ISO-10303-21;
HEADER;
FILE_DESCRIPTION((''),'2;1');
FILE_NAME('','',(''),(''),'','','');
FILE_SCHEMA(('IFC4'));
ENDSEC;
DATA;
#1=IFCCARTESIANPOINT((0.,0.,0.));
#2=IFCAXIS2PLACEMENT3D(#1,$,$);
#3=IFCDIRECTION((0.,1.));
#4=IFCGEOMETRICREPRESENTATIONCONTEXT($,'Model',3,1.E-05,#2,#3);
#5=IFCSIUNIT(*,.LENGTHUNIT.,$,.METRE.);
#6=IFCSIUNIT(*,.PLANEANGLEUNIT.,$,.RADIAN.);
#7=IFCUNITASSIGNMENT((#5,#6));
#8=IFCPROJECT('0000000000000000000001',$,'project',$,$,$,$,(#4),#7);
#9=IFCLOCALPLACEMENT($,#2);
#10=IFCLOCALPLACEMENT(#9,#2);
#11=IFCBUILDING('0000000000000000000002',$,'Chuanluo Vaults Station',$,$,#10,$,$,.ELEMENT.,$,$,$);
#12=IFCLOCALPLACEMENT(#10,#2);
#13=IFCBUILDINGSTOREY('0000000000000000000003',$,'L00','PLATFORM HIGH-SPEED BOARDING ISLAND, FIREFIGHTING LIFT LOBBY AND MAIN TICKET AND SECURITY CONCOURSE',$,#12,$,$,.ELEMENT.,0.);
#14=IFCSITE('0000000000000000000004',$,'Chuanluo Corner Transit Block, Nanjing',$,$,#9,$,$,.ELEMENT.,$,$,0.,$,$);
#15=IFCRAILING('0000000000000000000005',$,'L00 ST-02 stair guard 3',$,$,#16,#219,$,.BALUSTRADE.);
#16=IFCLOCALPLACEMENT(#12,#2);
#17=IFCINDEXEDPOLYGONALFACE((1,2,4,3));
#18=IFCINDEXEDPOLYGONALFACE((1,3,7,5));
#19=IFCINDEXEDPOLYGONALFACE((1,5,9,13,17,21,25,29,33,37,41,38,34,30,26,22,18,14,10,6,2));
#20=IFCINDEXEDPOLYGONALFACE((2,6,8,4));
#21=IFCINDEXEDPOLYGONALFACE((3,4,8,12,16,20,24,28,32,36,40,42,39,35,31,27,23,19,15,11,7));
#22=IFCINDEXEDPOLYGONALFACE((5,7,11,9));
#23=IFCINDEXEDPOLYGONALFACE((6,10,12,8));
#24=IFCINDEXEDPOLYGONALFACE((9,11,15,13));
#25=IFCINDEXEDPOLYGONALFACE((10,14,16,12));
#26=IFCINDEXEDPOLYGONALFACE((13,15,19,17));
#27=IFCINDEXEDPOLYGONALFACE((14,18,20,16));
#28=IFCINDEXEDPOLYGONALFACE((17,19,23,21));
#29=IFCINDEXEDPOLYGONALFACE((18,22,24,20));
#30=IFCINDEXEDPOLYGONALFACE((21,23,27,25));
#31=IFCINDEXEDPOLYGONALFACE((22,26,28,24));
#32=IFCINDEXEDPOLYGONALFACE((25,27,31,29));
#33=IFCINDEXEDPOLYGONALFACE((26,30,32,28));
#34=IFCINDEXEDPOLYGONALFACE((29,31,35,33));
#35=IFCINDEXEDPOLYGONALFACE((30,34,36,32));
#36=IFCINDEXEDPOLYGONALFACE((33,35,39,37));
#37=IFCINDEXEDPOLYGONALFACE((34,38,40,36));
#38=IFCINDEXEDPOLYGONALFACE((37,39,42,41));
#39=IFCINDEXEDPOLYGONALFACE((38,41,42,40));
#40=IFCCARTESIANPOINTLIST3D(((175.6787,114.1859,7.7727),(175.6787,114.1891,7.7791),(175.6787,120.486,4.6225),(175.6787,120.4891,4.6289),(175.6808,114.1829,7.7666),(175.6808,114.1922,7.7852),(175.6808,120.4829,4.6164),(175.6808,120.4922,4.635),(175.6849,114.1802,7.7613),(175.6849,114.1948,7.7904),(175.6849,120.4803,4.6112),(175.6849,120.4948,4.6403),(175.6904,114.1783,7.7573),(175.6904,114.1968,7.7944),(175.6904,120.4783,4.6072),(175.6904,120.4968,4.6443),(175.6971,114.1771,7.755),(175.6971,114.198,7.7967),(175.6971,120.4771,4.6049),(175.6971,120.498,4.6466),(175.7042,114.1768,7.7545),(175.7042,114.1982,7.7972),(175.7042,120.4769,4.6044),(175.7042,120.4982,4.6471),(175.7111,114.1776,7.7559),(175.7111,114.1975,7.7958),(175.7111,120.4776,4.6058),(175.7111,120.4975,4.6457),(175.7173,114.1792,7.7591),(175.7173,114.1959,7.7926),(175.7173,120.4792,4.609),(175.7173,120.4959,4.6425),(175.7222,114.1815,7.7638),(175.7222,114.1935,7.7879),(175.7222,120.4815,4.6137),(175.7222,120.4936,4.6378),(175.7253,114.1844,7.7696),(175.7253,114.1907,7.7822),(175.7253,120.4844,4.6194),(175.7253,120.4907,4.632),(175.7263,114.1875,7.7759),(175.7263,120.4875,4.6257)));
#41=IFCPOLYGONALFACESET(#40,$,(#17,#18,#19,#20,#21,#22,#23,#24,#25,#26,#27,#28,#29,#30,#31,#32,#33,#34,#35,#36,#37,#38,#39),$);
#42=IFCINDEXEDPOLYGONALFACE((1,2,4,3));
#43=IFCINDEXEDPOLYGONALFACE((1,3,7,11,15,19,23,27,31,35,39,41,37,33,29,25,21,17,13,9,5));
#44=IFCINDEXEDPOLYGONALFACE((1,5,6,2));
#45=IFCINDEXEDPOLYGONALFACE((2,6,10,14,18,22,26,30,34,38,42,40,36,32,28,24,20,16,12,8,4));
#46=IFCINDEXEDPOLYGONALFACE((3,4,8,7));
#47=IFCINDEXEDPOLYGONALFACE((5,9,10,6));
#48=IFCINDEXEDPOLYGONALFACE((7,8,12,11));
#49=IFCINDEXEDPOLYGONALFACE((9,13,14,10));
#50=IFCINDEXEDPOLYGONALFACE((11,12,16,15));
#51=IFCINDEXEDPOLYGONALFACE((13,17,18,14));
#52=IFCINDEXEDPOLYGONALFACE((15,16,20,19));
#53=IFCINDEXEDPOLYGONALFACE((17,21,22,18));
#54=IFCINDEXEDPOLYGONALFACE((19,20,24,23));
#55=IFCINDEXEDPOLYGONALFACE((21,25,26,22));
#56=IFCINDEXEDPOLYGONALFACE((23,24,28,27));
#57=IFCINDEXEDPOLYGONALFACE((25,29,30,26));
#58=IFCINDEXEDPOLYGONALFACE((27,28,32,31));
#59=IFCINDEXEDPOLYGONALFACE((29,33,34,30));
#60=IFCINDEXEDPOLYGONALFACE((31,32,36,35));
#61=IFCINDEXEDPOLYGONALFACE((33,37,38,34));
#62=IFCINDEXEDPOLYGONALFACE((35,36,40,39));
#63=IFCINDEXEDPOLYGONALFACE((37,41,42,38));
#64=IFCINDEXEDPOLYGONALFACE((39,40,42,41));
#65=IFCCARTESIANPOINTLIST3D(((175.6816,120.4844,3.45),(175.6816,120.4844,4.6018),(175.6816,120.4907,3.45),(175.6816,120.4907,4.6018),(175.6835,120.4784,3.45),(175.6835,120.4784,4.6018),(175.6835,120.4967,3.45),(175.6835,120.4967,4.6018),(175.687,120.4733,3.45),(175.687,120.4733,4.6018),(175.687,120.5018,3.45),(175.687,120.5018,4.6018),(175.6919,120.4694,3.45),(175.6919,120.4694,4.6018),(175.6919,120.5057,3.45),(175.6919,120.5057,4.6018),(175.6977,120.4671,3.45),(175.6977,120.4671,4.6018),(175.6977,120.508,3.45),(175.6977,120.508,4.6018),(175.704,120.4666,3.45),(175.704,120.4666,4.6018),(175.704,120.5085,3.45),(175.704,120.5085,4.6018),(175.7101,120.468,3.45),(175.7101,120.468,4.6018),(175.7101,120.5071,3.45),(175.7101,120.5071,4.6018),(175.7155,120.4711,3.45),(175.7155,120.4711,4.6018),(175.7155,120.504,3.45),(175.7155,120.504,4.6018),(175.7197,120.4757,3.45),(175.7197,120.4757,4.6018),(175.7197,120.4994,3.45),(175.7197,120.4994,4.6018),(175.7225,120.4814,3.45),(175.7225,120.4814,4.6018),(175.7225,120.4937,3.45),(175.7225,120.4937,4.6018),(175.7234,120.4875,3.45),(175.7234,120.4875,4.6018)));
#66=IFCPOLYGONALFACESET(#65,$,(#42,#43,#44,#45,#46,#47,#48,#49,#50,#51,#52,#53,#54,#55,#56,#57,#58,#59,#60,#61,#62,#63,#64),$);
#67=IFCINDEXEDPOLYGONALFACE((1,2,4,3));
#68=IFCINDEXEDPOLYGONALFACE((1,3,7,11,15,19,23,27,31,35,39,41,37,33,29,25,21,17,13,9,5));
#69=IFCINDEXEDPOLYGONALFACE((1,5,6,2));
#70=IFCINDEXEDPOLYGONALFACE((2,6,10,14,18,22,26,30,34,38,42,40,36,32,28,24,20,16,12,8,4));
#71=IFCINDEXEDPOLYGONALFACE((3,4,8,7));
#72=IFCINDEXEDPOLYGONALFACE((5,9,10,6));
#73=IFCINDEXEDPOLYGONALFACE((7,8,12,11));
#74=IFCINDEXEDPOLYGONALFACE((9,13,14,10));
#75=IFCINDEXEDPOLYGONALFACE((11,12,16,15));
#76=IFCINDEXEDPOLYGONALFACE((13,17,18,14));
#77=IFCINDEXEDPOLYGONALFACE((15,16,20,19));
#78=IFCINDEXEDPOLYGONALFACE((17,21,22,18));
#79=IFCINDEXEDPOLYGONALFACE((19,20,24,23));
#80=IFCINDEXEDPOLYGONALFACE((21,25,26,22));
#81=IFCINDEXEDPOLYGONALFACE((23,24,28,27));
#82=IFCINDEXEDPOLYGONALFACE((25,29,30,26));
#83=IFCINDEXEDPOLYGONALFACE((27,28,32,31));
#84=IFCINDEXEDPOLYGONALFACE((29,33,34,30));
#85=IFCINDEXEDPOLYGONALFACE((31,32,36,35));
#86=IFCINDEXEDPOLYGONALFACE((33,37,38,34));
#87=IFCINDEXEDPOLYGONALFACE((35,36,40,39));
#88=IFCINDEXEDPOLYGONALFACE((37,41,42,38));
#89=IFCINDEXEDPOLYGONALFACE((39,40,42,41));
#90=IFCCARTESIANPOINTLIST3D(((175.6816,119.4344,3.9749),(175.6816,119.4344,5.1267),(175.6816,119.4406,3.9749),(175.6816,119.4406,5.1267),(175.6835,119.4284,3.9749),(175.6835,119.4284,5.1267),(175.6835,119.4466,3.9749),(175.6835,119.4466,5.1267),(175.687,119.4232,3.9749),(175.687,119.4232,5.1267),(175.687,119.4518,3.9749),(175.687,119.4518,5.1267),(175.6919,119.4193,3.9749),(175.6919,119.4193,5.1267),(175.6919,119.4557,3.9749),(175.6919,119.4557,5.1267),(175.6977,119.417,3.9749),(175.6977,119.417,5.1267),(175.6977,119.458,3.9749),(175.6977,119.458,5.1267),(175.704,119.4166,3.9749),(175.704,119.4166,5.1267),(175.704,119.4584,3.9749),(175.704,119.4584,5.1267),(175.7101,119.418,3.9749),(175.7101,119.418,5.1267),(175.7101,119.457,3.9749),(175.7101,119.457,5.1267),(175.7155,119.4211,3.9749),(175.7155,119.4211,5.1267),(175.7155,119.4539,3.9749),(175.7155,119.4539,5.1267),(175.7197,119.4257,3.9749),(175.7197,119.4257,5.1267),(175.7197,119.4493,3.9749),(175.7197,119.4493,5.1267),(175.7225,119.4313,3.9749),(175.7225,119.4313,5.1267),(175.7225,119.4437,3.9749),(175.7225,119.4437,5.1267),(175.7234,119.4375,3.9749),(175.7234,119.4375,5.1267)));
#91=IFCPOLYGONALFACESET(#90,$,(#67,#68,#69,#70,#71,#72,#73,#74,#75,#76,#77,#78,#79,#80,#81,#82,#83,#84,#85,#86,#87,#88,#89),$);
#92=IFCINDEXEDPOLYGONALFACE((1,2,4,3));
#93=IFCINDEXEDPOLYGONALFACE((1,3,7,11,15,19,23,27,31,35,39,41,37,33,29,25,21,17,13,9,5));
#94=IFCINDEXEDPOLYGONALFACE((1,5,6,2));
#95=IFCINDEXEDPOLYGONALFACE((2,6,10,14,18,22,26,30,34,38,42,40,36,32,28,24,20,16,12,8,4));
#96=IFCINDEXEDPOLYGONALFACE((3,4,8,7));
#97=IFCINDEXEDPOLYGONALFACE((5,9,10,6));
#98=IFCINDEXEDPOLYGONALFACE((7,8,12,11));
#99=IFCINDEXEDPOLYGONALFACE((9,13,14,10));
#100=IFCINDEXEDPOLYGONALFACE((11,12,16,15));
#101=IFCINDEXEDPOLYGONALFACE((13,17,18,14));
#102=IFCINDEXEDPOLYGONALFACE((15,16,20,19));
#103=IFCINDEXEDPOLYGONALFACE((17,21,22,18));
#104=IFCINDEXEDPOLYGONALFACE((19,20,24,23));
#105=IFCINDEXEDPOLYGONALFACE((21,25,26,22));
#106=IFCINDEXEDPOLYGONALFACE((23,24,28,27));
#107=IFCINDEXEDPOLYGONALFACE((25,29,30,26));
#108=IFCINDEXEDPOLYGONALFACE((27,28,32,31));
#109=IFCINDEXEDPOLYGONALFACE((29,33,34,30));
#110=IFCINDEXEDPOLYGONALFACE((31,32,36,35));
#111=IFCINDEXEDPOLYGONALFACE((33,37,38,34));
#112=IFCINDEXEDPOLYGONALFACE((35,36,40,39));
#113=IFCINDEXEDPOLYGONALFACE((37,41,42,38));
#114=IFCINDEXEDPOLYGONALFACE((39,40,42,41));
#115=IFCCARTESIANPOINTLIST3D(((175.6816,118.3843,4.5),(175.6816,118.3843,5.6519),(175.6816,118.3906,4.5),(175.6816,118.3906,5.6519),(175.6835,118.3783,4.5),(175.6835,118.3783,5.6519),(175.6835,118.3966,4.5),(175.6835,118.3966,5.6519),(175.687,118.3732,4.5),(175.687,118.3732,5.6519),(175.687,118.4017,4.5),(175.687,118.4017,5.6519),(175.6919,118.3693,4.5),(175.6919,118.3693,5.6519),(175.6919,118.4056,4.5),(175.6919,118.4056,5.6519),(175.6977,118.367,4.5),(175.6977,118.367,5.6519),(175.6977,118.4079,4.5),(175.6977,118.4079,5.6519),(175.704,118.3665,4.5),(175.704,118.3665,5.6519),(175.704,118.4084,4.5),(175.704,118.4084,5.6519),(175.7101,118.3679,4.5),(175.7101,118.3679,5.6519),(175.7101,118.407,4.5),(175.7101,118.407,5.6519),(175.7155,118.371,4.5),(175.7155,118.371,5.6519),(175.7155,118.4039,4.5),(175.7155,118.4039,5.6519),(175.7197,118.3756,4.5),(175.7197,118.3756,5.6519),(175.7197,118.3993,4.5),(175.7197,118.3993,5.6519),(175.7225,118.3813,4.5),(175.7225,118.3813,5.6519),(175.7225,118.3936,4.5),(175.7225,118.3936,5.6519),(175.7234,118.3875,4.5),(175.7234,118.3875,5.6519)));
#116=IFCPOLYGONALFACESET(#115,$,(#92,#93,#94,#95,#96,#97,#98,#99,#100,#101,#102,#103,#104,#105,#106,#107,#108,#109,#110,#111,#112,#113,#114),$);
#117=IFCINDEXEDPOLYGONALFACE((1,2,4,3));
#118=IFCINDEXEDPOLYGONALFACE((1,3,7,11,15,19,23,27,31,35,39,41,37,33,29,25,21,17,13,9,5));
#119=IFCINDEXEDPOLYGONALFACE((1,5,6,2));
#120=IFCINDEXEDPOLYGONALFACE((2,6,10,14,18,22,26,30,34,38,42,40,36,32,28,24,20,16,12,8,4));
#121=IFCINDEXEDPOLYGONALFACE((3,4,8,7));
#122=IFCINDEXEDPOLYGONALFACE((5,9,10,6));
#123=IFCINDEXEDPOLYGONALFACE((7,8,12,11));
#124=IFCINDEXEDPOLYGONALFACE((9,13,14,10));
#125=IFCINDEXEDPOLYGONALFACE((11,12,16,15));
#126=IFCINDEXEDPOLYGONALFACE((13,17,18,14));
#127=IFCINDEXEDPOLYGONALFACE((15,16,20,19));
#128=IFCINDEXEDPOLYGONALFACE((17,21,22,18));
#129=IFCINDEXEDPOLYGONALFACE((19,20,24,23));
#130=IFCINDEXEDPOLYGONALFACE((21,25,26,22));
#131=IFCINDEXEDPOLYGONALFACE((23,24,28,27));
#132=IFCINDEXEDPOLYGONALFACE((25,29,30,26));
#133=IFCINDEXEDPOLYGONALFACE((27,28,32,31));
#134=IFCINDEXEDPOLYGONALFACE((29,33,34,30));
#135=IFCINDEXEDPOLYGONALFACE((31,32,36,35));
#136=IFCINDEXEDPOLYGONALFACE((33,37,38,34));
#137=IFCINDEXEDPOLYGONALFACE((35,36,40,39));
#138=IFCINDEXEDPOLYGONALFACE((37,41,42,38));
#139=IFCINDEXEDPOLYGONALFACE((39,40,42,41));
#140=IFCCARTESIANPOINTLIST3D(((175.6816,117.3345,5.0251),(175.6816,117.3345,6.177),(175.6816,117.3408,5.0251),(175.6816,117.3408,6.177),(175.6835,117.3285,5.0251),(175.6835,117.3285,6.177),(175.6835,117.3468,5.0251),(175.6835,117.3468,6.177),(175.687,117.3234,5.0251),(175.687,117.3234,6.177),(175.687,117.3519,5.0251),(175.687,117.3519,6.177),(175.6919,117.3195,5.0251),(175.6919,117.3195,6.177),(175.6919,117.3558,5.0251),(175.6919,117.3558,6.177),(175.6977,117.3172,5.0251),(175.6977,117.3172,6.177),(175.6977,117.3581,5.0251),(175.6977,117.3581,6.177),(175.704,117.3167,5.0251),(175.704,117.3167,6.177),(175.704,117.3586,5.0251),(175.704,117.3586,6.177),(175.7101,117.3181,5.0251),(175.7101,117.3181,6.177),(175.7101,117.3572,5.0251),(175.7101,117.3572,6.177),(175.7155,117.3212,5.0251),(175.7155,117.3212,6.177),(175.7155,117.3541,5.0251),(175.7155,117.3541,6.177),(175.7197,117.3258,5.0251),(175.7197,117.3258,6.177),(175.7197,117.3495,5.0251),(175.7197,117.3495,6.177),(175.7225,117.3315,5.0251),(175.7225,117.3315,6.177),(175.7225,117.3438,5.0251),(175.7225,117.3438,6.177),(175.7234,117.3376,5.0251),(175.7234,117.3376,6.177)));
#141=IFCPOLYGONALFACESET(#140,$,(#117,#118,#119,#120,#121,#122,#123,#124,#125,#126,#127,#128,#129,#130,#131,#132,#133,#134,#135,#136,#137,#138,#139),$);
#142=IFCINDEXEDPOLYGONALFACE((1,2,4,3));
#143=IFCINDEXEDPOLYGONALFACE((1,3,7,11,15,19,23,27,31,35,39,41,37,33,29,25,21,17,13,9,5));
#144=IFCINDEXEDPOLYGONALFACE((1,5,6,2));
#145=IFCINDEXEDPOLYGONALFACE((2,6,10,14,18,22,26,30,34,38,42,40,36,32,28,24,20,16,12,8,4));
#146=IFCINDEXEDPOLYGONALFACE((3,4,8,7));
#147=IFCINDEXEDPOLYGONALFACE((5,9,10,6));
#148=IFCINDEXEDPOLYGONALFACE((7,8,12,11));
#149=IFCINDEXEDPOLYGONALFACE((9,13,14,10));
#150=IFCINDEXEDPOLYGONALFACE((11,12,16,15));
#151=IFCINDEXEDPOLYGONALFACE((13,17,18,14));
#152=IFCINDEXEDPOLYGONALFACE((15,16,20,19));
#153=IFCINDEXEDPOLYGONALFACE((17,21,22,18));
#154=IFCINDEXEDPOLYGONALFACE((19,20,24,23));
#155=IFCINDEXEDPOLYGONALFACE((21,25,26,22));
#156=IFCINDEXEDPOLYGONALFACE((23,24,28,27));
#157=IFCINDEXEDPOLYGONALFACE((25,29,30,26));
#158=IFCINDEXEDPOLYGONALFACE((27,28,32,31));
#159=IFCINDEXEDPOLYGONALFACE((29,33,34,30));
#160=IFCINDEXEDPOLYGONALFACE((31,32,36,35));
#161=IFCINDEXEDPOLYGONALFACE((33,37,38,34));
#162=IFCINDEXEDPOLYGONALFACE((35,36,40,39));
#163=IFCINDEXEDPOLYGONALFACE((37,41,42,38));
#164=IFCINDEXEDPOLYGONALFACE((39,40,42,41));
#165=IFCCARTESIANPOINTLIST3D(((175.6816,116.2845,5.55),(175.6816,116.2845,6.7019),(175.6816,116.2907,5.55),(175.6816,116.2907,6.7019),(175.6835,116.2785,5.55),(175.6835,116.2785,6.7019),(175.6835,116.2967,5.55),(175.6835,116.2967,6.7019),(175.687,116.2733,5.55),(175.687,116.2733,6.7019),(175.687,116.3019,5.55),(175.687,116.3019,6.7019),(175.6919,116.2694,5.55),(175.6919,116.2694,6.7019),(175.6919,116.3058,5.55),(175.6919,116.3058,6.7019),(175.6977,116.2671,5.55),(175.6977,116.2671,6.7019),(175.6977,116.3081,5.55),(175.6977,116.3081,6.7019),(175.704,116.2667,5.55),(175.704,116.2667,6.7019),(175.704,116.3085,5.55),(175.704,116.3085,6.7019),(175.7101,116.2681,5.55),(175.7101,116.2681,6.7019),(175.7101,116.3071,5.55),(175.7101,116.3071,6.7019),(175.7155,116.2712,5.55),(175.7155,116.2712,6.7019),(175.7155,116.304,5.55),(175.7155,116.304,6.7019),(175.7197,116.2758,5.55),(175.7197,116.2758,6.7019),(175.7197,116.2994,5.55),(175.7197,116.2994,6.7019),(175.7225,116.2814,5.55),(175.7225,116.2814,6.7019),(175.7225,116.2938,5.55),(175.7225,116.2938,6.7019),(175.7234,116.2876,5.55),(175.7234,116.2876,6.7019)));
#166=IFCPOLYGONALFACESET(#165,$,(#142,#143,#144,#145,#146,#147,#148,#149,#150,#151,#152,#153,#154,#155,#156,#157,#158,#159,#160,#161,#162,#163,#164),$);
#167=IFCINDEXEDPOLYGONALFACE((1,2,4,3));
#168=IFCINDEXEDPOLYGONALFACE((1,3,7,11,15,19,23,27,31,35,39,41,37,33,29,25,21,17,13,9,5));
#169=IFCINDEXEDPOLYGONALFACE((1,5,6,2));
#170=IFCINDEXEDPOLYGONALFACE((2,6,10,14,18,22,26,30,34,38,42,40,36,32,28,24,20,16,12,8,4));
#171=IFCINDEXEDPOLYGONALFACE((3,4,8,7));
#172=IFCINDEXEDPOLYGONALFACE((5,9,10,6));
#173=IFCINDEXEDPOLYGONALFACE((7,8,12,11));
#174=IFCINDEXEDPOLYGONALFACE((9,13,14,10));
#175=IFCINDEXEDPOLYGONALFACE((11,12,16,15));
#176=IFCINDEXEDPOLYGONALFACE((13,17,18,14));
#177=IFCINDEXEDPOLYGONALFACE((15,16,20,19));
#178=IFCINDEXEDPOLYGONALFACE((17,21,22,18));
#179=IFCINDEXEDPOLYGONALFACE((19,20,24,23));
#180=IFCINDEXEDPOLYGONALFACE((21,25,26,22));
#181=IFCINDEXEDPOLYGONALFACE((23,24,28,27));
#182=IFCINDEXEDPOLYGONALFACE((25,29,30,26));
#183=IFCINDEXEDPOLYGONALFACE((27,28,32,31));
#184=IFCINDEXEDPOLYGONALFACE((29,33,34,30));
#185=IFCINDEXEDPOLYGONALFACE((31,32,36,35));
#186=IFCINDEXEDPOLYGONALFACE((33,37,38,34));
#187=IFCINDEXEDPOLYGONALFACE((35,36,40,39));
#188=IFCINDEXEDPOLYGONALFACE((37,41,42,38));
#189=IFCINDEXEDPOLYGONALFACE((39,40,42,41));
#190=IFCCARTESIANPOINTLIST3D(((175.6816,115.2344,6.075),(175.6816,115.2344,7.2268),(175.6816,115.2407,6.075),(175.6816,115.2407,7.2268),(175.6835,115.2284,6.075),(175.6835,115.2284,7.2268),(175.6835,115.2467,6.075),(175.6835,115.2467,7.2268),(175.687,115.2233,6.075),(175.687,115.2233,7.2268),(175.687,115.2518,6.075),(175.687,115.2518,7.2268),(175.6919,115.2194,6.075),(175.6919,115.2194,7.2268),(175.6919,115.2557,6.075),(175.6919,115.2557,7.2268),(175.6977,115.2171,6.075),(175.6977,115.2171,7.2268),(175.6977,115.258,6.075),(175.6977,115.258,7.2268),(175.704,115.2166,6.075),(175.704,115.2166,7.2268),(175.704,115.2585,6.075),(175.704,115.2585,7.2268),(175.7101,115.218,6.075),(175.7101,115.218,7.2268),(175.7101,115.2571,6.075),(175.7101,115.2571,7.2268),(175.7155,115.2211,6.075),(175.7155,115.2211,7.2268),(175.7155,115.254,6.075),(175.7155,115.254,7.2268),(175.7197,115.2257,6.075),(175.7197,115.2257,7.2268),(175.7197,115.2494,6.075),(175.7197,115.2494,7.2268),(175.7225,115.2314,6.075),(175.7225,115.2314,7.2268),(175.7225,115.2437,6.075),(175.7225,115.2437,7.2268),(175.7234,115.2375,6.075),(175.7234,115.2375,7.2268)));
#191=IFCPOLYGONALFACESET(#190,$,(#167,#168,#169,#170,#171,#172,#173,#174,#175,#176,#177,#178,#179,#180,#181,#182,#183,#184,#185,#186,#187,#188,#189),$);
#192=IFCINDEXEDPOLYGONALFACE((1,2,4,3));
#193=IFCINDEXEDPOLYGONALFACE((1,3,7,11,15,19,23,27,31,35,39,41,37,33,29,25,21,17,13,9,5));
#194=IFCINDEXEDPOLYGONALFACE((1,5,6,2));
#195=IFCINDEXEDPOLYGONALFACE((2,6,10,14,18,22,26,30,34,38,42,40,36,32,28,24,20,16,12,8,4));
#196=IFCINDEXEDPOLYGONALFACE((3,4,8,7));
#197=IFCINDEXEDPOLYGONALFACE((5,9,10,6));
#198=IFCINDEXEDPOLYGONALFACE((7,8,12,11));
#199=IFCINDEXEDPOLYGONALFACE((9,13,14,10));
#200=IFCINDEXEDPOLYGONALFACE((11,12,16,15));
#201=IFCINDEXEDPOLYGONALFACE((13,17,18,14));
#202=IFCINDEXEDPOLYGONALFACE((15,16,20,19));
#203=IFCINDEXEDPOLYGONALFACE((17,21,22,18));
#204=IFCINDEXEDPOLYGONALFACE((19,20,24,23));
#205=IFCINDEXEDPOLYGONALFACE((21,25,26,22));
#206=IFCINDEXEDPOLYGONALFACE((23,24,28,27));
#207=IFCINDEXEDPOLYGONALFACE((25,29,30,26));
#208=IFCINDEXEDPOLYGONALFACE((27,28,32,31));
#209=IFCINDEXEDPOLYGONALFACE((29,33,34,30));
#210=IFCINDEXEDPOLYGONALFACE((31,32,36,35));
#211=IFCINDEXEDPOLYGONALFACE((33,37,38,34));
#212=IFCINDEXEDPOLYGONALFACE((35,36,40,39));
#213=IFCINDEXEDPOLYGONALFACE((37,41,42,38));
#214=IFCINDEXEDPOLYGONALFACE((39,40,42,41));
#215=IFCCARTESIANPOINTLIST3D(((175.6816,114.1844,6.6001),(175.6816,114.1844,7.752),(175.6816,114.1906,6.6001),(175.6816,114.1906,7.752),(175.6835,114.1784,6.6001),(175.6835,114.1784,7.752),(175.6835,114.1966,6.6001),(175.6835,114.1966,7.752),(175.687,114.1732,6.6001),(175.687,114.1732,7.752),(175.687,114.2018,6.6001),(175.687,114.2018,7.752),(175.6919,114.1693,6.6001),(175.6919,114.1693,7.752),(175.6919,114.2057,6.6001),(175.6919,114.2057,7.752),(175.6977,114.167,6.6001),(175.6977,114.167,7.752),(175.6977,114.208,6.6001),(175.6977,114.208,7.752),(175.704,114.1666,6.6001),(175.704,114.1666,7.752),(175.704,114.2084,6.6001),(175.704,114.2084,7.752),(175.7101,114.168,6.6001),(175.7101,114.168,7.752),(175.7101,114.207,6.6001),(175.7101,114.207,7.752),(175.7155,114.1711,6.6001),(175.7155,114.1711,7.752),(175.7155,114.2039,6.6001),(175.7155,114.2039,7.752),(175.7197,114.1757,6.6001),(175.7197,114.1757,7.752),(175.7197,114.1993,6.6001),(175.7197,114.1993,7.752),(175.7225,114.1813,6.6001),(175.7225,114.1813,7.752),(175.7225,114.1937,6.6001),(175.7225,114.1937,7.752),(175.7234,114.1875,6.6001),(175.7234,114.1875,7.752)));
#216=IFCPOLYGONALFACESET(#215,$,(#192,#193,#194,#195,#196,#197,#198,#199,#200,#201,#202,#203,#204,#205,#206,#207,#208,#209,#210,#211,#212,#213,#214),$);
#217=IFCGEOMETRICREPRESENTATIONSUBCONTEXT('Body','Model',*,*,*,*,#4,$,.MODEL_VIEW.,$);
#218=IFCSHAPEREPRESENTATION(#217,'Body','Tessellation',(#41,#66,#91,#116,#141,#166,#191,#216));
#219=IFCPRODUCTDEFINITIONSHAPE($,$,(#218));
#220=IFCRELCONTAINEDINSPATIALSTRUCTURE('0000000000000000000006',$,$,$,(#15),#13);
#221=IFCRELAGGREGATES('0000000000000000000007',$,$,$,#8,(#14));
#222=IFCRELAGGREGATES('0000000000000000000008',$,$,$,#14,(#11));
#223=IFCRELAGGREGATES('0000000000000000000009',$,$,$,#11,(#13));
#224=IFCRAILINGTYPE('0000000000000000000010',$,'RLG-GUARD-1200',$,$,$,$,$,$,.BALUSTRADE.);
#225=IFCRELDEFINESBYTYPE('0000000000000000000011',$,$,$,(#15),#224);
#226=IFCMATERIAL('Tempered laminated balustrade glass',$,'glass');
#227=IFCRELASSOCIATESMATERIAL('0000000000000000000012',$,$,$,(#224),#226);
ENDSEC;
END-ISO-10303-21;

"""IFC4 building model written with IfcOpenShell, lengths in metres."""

from ifc_helpers import new_model, si_unit, direction, frame, origin, origin_2d, place, context, subcontext, project, spatial, circle, extrude, material, type_object, element, save


model = new_model("IFC4")

# Units and contexts
model_context = context("Model", 3, precision=1e-05, world=origin(), true_north=direction((0.0, 1.0)))
body_context = subcontext(model_context, "Body", "Model", "MODEL_VIEW")
ifc_project = project(units=[si_unit("LENGTHUNIT", "METRE"), si_unit("PLANEANGLEUNIT", "RADIAN")], contexts=[model_context])

# Site, building, storey
site_placement = place(None, origin())
site = spatial("IfcSite", under=ifc_project, at=site_placement, Name="Chuanluo Corner Transit Block, Nanjing", CompositionType="ELEMENT", RefElevation=0.0)
building_placement = place(site_placement, origin())
building = spatial("IfcBuilding", under=site, at=building_placement, Name="Chuanluo Vaults Station", CompositionType="ELEMENT")
storey_placement = place(building_placement, origin())
storey = spatial("IfcBuildingStorey", under=building, at=storey_placement, Name="L00", Description="PLATFORM HIGH-SPEED BOARDING ISLAND, FIREFIGHTING LIFT LOBBY AND MAIN TICKET AND SECURITY CONCOURSE", CompositionType="ELEMENT", Elevation=0.0)

# Railing
ifc_material_1 = material(Name="Tempered laminated balustrade glass", Category="glass")
railing_type_1 = type_object("IfcRailingType", Name="RLG-GUARD-1200", PredefinedType="BALUSTRADE", material=ifc_material_1)
railing_1_placement = place(storey_placement, frame((175.7024, 120.4875, 3.45)))
element("IfcRailing", 1, at=railing_1_placement, inside=storey, type_object=railing_type_1, Name="L00 ST-02 stair guard 3", PredefinedType="BALUSTRADE", context=body_context, shape_type="SweptSolid", body=[
    extrude(circle(Radius=0.0239, at=origin_2d()), frame((0.0, 0.0, 1.1758), z_axis=(0.0, -0.89442, 0.447227), x_axis=(1.0, 0.0, 0.0)), (0.0, 0.0, 1.0), 7.0437),
    extrude(circle(Radius=0.021, at=origin_2d()), origin(), (0.0, 0.0, 1.0), 1.1519),
    extrude(circle(Radius=0.021, at=origin_2d()), frame((0.0, -1.05, 0.5249)), (0.0, 0.0, 1.0), 1.1519),
    extrude(circle(Radius=0.021, at=origin_2d()), frame((0.0, -2.1001, 1.05)), (0.0, 0.0, 1.0), 1.1519),
    extrude(circle(Radius=0.021, at=origin_2d()), frame((0.0, -3.1499, 1.5752)), (0.0, 0.0, 1.0), 1.1519),
    extrude(circle(Radius=0.021, at=origin_2d()), frame((0.0, -4.2, 2.1001)), (0.0, 0.0, 1.0), 1.1519),
    extrude(circle(Radius=0.021, at=origin_2d()), frame((0.0, -5.25, 2.625)), (0.0, 0.0, 1.0), 1.1519),
    extrude(circle(Radius=0.021, at=origin_2d()), frame((0.0, -6.3, 3.1501)), (0.0, 0.0, 1.0), 1.1519),
])

save(model, "model.ifc")
